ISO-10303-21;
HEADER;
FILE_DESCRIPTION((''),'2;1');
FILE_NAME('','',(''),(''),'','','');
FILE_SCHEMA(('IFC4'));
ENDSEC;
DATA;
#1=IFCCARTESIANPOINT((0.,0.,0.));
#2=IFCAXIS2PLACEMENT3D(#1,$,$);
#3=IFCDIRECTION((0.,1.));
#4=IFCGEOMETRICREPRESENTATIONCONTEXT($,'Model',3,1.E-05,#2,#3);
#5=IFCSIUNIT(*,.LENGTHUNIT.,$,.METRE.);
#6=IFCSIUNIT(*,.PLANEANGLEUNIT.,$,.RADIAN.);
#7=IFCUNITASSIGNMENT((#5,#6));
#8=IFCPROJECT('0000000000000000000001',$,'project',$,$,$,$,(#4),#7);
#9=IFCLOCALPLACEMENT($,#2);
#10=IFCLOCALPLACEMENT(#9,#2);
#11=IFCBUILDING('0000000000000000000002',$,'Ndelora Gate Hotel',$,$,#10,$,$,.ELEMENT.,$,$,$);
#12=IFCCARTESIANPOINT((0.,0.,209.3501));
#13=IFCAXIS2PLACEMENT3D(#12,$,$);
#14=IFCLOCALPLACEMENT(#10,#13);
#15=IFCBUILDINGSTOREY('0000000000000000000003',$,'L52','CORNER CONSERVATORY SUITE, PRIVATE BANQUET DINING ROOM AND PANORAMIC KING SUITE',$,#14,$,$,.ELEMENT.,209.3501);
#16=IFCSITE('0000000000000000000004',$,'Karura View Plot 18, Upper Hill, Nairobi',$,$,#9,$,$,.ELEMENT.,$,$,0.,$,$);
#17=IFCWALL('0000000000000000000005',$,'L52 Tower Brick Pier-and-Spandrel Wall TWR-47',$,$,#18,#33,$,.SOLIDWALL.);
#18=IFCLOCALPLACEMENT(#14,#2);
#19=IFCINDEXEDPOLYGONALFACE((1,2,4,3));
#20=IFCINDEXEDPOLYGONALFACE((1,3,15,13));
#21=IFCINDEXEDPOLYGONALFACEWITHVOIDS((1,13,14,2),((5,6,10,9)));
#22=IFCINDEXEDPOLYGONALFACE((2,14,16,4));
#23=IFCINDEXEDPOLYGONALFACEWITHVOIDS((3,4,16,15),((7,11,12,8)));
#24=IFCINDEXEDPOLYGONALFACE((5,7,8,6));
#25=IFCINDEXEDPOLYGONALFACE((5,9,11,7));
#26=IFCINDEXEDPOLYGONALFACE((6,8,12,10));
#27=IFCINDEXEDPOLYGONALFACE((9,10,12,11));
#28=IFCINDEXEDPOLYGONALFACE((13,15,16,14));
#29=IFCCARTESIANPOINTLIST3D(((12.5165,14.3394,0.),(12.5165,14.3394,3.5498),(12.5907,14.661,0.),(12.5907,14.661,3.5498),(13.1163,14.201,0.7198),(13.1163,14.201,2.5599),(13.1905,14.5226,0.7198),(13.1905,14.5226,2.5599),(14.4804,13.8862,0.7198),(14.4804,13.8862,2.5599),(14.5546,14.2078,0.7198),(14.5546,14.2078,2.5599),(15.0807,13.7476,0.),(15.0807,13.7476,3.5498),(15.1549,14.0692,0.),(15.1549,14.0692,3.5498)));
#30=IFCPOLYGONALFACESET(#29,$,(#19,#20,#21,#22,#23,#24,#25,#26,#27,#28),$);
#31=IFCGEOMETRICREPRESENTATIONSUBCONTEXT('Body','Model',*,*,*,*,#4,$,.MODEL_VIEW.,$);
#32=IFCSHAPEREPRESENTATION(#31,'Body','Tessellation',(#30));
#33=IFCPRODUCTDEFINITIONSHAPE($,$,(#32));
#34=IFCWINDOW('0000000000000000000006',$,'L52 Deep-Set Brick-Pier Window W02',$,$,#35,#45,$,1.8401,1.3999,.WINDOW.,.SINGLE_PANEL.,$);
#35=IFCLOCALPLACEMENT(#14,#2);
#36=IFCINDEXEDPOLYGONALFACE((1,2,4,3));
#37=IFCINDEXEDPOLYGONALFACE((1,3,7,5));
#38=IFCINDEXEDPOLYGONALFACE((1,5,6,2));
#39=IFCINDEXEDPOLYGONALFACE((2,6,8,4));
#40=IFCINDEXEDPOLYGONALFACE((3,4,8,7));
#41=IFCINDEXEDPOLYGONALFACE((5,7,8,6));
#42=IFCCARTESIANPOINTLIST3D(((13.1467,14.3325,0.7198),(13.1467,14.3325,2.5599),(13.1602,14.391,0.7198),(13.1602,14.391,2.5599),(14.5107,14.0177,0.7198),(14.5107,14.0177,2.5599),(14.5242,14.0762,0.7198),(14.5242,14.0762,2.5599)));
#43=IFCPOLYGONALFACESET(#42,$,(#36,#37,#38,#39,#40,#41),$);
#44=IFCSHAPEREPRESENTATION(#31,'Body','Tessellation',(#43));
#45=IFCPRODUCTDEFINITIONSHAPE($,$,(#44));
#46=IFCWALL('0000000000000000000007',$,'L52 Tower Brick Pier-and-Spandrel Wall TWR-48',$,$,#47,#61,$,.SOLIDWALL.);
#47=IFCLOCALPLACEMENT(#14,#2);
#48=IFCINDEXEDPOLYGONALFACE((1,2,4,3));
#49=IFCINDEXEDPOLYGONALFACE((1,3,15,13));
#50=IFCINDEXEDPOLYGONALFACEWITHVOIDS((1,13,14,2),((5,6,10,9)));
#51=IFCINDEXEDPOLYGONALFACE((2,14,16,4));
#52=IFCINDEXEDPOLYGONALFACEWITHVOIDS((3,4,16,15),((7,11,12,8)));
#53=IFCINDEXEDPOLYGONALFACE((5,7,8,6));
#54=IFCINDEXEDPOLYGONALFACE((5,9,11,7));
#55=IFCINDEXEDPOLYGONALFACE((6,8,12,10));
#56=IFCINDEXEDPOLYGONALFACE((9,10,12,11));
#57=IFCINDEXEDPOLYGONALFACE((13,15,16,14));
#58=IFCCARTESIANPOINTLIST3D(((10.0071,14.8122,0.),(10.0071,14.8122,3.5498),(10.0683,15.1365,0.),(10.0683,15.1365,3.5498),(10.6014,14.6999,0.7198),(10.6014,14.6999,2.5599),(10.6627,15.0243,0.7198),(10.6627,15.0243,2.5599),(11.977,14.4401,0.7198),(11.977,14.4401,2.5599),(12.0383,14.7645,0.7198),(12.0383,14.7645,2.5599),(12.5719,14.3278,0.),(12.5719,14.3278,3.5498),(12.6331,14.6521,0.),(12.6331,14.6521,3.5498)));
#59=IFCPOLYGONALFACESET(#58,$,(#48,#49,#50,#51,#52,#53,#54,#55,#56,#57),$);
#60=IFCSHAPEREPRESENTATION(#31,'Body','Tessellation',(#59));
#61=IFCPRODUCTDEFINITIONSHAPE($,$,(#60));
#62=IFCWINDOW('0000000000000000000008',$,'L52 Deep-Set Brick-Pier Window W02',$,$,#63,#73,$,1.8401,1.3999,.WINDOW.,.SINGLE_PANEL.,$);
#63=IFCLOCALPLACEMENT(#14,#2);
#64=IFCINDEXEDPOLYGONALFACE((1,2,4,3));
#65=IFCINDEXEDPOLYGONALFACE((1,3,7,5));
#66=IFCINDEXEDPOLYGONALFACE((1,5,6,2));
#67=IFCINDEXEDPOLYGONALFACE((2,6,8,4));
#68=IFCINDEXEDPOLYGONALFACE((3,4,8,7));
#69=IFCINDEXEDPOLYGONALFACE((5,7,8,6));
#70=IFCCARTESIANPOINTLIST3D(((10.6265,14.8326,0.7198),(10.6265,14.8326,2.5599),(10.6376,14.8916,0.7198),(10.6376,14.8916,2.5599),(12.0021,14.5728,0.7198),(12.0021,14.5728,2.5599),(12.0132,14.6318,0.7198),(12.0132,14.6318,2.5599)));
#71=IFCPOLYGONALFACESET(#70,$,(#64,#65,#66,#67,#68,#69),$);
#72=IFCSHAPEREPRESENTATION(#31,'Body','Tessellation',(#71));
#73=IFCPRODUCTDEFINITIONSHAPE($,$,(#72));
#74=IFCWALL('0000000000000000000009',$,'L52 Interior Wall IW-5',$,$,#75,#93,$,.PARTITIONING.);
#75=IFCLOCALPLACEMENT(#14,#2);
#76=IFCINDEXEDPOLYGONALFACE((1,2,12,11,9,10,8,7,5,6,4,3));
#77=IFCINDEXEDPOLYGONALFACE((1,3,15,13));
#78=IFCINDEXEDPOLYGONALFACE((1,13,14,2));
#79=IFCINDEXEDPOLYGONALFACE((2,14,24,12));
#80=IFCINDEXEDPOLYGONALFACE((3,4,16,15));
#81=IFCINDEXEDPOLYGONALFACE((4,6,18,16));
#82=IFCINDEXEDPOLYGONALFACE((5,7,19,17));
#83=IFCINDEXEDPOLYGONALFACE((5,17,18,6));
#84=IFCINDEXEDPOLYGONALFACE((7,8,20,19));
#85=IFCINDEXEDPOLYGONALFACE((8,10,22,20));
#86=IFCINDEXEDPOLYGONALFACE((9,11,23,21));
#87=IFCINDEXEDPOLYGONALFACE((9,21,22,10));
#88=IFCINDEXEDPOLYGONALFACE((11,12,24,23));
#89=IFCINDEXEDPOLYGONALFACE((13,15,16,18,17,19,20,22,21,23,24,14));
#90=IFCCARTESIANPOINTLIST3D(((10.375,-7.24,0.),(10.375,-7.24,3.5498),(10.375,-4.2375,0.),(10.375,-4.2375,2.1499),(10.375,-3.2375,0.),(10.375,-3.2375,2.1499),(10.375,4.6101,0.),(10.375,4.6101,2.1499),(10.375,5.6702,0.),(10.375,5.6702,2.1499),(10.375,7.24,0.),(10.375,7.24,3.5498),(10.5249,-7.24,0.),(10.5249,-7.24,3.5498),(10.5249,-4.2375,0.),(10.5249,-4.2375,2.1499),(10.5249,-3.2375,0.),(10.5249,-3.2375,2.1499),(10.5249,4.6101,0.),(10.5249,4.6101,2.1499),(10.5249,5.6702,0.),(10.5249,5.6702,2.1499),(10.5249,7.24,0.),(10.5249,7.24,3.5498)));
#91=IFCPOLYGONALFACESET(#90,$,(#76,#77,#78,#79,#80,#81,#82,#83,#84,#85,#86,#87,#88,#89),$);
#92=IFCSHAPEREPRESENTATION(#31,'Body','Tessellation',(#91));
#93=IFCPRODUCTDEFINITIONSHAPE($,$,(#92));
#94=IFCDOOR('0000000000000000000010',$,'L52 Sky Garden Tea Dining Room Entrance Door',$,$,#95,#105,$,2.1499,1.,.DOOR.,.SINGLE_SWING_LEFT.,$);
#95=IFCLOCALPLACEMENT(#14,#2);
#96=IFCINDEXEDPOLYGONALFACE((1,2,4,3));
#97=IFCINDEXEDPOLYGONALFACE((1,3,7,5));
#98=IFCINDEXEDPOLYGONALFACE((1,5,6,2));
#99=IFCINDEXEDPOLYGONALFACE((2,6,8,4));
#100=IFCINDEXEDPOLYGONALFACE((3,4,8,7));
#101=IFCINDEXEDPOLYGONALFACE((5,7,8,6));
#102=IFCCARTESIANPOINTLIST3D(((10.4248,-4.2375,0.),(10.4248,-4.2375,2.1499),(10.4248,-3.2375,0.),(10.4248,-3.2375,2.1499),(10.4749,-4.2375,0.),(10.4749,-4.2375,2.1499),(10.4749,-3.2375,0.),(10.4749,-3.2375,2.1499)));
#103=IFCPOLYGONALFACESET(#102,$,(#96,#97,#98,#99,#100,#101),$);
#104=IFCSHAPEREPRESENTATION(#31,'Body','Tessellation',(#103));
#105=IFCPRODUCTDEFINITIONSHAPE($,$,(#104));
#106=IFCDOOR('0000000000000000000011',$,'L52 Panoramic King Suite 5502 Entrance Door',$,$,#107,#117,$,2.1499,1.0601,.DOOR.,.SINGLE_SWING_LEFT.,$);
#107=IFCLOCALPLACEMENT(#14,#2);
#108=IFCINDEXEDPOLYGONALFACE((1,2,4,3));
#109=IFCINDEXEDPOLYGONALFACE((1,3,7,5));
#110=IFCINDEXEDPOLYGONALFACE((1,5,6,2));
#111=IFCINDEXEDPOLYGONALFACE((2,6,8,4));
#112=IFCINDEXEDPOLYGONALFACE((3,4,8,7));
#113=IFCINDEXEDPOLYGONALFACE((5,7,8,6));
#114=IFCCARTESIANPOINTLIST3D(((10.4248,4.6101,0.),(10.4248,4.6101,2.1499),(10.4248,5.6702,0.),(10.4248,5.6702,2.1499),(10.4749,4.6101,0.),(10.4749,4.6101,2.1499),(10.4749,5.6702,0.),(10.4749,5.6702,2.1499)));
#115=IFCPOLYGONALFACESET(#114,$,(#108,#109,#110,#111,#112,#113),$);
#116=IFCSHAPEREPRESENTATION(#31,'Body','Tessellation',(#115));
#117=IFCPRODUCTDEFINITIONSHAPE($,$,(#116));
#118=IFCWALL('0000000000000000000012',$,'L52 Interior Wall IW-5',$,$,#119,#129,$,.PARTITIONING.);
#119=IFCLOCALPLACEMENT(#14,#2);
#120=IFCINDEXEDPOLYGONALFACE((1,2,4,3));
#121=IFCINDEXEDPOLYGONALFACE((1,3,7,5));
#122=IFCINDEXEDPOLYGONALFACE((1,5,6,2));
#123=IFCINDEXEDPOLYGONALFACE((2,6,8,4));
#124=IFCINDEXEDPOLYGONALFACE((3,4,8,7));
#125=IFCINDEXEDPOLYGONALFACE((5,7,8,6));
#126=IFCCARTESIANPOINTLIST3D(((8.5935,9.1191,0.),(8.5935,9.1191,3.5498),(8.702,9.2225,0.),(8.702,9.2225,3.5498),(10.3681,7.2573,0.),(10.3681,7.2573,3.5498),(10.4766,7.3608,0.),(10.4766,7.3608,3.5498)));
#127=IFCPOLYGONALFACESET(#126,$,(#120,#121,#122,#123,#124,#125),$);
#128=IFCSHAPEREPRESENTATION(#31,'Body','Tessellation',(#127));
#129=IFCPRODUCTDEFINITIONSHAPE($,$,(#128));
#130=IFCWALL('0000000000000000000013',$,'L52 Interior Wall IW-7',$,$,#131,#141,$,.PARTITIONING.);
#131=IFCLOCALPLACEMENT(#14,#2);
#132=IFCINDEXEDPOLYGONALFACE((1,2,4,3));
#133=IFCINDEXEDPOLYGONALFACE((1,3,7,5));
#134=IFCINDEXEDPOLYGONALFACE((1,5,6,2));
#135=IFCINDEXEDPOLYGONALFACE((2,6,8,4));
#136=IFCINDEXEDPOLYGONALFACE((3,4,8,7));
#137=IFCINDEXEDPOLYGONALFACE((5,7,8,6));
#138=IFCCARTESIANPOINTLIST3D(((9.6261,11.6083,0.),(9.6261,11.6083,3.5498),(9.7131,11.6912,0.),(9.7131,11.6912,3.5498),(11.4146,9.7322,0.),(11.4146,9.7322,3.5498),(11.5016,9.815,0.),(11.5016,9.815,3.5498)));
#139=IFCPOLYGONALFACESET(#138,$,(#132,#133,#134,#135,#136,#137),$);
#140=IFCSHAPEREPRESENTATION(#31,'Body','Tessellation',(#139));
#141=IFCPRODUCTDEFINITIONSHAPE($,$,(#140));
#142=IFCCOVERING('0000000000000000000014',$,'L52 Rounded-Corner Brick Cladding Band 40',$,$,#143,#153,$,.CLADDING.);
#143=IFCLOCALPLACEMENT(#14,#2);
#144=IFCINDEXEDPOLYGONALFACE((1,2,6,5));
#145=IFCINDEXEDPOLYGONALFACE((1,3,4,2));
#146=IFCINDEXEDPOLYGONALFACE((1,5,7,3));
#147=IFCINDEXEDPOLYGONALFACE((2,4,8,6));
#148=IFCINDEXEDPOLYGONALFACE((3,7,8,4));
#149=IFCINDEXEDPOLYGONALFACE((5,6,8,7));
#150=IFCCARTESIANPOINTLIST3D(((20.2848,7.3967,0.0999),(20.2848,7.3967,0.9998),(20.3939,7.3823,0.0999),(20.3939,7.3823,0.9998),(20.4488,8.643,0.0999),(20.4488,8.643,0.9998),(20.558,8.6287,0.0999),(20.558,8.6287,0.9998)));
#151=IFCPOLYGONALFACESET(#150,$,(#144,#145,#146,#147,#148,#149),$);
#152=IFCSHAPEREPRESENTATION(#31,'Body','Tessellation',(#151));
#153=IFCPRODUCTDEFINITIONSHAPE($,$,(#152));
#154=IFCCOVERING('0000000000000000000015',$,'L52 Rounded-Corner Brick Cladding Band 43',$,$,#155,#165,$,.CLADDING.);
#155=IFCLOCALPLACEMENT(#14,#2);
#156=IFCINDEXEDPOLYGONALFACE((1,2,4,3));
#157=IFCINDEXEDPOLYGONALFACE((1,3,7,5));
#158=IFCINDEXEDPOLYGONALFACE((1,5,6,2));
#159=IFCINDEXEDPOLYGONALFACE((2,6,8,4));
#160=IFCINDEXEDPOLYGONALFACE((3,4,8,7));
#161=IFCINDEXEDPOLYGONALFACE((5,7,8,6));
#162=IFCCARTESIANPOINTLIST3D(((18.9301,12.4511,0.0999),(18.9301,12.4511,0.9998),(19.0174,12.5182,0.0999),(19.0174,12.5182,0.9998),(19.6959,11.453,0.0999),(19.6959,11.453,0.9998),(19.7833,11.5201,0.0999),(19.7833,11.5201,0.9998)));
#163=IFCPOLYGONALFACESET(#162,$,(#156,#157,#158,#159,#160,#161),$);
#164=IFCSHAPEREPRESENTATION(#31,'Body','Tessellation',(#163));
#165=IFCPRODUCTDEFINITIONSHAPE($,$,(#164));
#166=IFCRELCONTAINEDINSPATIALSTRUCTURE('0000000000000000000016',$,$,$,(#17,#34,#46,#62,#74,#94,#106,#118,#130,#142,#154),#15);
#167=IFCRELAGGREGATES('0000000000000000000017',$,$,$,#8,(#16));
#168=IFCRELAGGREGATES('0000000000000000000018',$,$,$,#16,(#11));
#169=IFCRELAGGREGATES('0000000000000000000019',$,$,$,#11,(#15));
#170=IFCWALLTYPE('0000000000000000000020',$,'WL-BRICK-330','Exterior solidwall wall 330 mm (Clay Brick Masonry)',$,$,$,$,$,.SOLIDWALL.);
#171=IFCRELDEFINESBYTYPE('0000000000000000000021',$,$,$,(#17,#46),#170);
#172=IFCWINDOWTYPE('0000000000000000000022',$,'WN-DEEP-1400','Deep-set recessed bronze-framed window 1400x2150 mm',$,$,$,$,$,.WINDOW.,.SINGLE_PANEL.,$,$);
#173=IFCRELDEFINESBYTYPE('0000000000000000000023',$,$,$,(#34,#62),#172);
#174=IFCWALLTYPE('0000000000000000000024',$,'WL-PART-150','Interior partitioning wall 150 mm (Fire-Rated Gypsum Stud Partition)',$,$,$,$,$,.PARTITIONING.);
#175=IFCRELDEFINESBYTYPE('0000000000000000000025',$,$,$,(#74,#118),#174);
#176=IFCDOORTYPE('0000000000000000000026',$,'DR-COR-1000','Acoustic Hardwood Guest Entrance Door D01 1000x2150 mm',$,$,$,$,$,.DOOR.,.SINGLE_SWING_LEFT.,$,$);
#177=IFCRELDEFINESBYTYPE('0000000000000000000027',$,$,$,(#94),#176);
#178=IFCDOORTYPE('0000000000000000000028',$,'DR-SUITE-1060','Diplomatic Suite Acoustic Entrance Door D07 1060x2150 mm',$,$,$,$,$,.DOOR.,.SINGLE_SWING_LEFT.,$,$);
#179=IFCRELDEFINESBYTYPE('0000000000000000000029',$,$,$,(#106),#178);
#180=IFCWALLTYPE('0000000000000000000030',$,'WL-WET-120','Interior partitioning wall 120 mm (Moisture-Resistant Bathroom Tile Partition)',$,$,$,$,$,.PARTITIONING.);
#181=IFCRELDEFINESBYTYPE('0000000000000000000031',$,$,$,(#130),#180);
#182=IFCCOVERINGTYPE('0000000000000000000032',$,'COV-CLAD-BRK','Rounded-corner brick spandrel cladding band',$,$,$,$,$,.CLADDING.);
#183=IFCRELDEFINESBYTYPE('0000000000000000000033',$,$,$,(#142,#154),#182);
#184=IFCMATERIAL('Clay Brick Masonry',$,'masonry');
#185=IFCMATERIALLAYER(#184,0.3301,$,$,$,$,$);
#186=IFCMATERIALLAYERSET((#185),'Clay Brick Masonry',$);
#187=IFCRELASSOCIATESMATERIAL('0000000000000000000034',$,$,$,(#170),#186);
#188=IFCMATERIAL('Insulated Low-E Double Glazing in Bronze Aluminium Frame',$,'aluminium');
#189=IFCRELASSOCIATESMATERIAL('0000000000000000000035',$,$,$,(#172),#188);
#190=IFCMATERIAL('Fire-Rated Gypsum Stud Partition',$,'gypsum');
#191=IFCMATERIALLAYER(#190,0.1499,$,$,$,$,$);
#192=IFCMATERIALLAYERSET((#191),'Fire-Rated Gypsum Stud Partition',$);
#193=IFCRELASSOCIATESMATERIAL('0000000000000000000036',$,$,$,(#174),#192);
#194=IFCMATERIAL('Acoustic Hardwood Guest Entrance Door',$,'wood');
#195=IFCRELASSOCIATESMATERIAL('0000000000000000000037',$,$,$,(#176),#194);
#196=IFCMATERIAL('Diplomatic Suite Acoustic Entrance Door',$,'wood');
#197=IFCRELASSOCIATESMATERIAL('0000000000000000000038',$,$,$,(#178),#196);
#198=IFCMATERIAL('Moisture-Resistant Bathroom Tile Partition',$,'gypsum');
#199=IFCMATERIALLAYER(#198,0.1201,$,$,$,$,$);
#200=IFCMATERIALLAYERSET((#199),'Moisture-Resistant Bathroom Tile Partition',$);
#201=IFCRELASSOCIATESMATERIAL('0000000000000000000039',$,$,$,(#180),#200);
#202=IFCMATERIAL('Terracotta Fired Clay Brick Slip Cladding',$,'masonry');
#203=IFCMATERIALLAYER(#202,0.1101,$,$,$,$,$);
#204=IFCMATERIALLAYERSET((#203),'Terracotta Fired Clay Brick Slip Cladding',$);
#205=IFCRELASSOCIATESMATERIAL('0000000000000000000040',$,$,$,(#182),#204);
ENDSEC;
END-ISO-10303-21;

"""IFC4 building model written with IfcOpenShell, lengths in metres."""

from ifc_helpers import new_model, si_unit, direction, frame, frame_2d, origin, origin_2d, place, context, subcontext, project, spatial, rectangle, extrude, material, layer, layer_set, type_object, element, fill, save


model = new_model("IFC4")

# Units and contexts
model_context = context("Model", 3, precision=1e-05, world=origin(), true_north=direction((0.0, 1.0)))
body_context = subcontext(model_context, "Body", "Model", "MODEL_VIEW")
ifc_project = project(units=[si_unit("LENGTHUNIT", "METRE"), si_unit("PLANEANGLEUNIT", "RADIAN")], contexts=[model_context])

# Site, building, storey
site_placement = place(None, origin())
site = spatial("IfcSite", under=ifc_project, at=site_placement, Name="Karura View Plot 18, Upper Hill, Nairobi", CompositionType="ELEMENT", RefElevation=0.0)
building_placement = place(site_placement, origin())
building = spatial("IfcBuilding", under=site, at=building_placement, Name="Ndelora Gate Hotel", CompositionType="ELEMENT")
storey_placement = place(building_placement, frame((0.0, 0.0, 209.3501)))
storey = spatial("IfcBuildingStorey", under=building, at=storey_placement, Name="L52", Description="CORNER CONSERVATORY SUITE, PRIVATE BANQUET DINING ROOM AND PANORAMIC KING SUITE", CompositionType="ELEMENT", Elevation=209.3501)

# Shared definitions
ifc_material_1 = material(Name="Clay Brick Masonry", Category="masonry")
ifc_layer_1 = layer(ifc_material_1, 0.3301)
ifc_layer_set_1 = layer_set([ifc_layer_1], Name="Clay Brick Masonry")
wall_type_1 = type_object("IfcWallType", Name="WL-BRICK-330", Description="Exterior solidwall wall 330 mm (Clay Brick Masonry)", PredefinedType="SOLIDWALL", material=ifc_layer_set_1)

# Walls, openings, windows
wall_1_placement = place(storey_placement, frame((12.5535, 14.5002, 0.0), z_axis=(0.0, 0.0, 1.0), x_axis=(0.974387, -0.22488, 0.0)))
wall_1 = element("IfcWall", 1, at=wall_1_placement, inside=storey, type_object=wall_type_1, Name="L52 Tower Brick Pier-and-Spandrel Wall TWR-47", PredefinedType="SOLIDWALL", context=body_context, shape_type="SweptSolid", body=[
    extrude(rectangle(XDim=2.6316, YDim=0.3301, at=frame_2d((1.3159, 0.0))), origin(), (0.0, 0.0, 1.0), 3.5498),
])
opening_1_placement = place(wall_1_placement, frame((0.6157, 0.0, 0.72)))
opening_1 = element("IfcOpeningElement", 2, at=opening_1_placement, cuts=wall_1, PredefinedType="OPENING", context=body_context, shape_type="SweptSolid", body=[
    extrude(rectangle(XDim=1.3999, YDim=1.8401, at=frame_2d((0.7, 0.9199))), frame((0.0, 0.175, 0.0), z_axis=(0.0, -1.0, 0.0), x_axis=(1.0, 0.0, 0.0)), (0.0, 0.0, 1.0), 0.3501),
])
ifc_material_2 = material(Name="Insulated Low-E Double Glazing in Bronze Aluminium Frame", Category="aluminium")
window_type = type_object("IfcWindowType", Name="WN-DEEP-1400", Description="Deep-set recessed bronze-framed window 1400x2150 mm", PartitioningType="SINGLE_PANEL", PredefinedType="WINDOW", material=ifc_material_2)
window_1_placement = place(opening_1_placement, origin())
window_1 = element("IfcWindow", 3, at=window_1_placement, inside=storey, type_object=window_type, Name="L52 Deep-Set Brick-Pier Window W02", OverallHeight=1.8401, OverallWidth=1.3999, PartitioningType="SINGLE_PANEL", PredefinedType="WINDOW", context=body_context, shape_type="SweptSolid", body=[
    extrude(rectangle(XDim=1.3999, YDim=1.8401, at=frame_2d((0.7, 0.9199))), frame((0.0, 0.03, 0.0), z_axis=(0.0, -1.0, 0.0), x_axis=(1.0, 0.0, 0.0)), (0.0, 0.0, 1.0), 0.0601),
])
fill(opening_1, window_1)
wall_2_placement = place(storey_placement, frame((10.0376, 14.9744, 0.0), z_axis=(0.0, 0.0, 1.0), x_axis=(0.982629, -0.185582, 0.0)))
wall_2 = element("IfcWall", 4, at=wall_2_placement, inside=storey, type_object=wall_type_1, Name="L52 Tower Brick Pier-and-Spandrel Wall TWR-48", PredefinedType="SOLIDWALL", context=body_context, shape_type="SweptSolid", body=[
    extrude(rectangle(XDim=2.6101, YDim=0.3301, at=frame_2d((1.3052, 0.0))), origin(), (0.0, 0.0, 1.0), 3.5498),
])
opening_2_placement = place(wall_2_placement, frame((0.605, 0.0, 0.72)))
opening_2 = element("IfcOpeningElement", 5, at=opening_2_placement, cuts=wall_2, PredefinedType="OPENING", context=body_context, shape_type="SweptSolid", body=[
    extrude(rectangle(XDim=1.3999, YDim=1.8401, at=frame_2d((0.7, 0.9199))), frame((0.0, 0.175, 0.0), z_axis=(0.0, -1.0, 0.0), x_axis=(1.0, 0.0, 0.0)), (0.0, 0.0, 1.0), 0.3501),
])
window_2_placement = place(opening_2_placement, origin())
window_2 = element("IfcWindow", 6, at=window_2_placement, inside=storey, type_object=window_type, Name="L52 Deep-Set Brick-Pier Window W02", OverallHeight=1.8401, OverallWidth=1.3999, PartitioningType="SINGLE_PANEL", PredefinedType="WINDOW", context=body_context, shape_type="SweptSolid", body=[
    extrude(rectangle(XDim=1.3999, YDim=1.8401, at=frame_2d((0.7, 0.9199))), frame((0.0, 0.03, 0.0), z_axis=(0.0, -1.0, 0.0), x_axis=(1.0, 0.0, 0.0)), (0.0, 0.0, 1.0), 0.0601),
])
fill(opening_2, window_2)

# Wall, openings, doors
ifc_material_3 = material(Name="Fire-Rated Gypsum Stud Partition", Category="gypsum")
ifc_layer_2 = layer(ifc_material_3, 0.1499)
ifc_layer_set_2 = layer_set([ifc_layer_2], Name="Fire-Rated Gypsum Stud Partition")
wall_type_2 = type_object("IfcWallType", Name="WL-PART-150", Description="Interior partitioning wall 150 mm (Fire-Rated Gypsum Stud Partition)", PredefinedType="PARTITIONING", material=ifc_layer_set_2)
wall_3_placement = place(storey_placement, frame((10.45, 7.24, 0.0), z_axis=(0.0, 0.0, 1.0), x_axis=(0.0, -1.0, 0.0)))
wall_3 = element("IfcWall", 7, at=wall_3_placement, inside=storey, type_object=wall_type_2, Name="L52 Interior Wall IW-5", PredefinedType="PARTITIONING", context=body_context, shape_type="SweptSolid", body=[
    extrude(rectangle(XDim=14.48, YDim=0.1499, at=frame_2d((7.24, 0.0))), origin(), (0.0, 0.0, 1.0), 3.5498),
])
opening_3_placement = place(wall_3_placement, frame((10.4775, 0.0, 0.0)))
opening_3 = element("IfcOpeningElement", 8, at=opening_3_placement, cuts=wall_3, PredefinedType="OPENING", context=body_context, shape_type="SweptSolid", body=[
    extrude(rectangle(XDim=1.0, YDim=2.1499, at=frame_2d((0.5, 1.075))), frame((0.0, 0.085, 0.0), z_axis=(0.0, -1.0, 0.0), x_axis=(1.0, 0.0, 0.0)), (0.0, 0.0, 1.0), 0.1699),
])
opening_4_placement = place(wall_3_placement, frame((1.5698, 0.0, 0.0)))
opening_4 = element("IfcOpeningElement", 9, at=opening_4_placement, cuts=wall_3, PredefinedType="OPENING", context=body_context, shape_type="SweptSolid", body=[
    extrude(rectangle(XDim=1.0601, YDim=2.1499, at=frame_2d((0.53, 1.075))), frame((0.0, 0.085, 0.0), z_axis=(0.0, -1.0, 0.0), x_axis=(1.0, 0.0, 0.0)), (0.0, 0.0, 1.0), 0.1699),
])
ifc_material_4 = material(Name="Acoustic Hardwood Guest Entrance Door", Category="wood")
door_type_1 = type_object("IfcDoorType", Name="DR-COR-1000", Description="Acoustic Hardwood Guest Entrance Door D01 1000x2150 mm", OperationType="SINGLE_SWING_LEFT", PredefinedType="DOOR", material=ifc_material_4)
door_1_placement = place(opening_3_placement, origin())
door_1 = element("IfcDoor", 10, at=door_1_placement, inside=storey, type_object=door_type_1, Name="L52 Sky Garden Tea Dining Room Entrance Door", OperationType="SINGLE_SWING_LEFT", OverallHeight=2.1499, OverallWidth=1.0, PredefinedType="DOOR", context=body_context, shape_type="SweptSolid", body=[
    extrude(rectangle(XDim=1.0, YDim=2.1499, at=frame_2d((0.5, 1.075))), frame((0.0, 0.0249, 0.0), z_axis=(0.0, -1.0, 0.0), x_axis=(1.0, 0.0, 0.0)), (0.0, 0.0, 1.0), 0.05),
])
fill(opening_3, door_1)
ifc_material_5 = material(Name="Diplomatic Suite Acoustic Entrance Door", Category="wood")
door_type_2 = type_object("IfcDoorType", Name="DR-SUITE-1060", Description="Diplomatic Suite Acoustic Entrance Door D07 1060x2150 mm", OperationType="SINGLE_SWING_LEFT", PredefinedType="DOOR", material=ifc_material_5)
door_2_placement = place(opening_4_placement, origin())
door_2 = element("IfcDoor", 11, at=door_2_placement, inside=storey, type_object=door_type_2, Name="L52 Panoramic King Suite 5502 Entrance Door", OperationType="SINGLE_SWING_LEFT", OverallHeight=2.1499, OverallWidth=1.0601, PredefinedType="DOOR", context=body_context, shape_type="SweptSolid", body=[
    extrude(rectangle(XDim=1.0601, YDim=2.1499, at=frame_2d((0.53, 1.075))), frame((0.0, 0.0249, 0.0), z_axis=(0.0, -1.0, 0.0), x_axis=(1.0, 0.0, 0.0)), (0.0, 0.0, 1.0), 0.05),
])
fill(opening_4, door_2)

# Walls
wall_4_placement = place(storey_placement, frame((8.6477, 9.1709, 0.0), z_axis=(0.0, 0.0, 1.0), x_axis=(0.689961, -0.723847, 0.0)))
element("IfcWall", 12, at=wall_4_placement, inside=storey, type_object=wall_type_2, Name="L52 Interior Wall IW-5", PredefinedType="PARTITIONING", context=body_context, shape_type="SweptSolid", body=[
    extrude(rectangle(XDim=2.572, YDim=0.1499, at=frame_2d((1.2861, 0.0))), origin(), (0.0, 0.0, 1.0), 3.5498),
])
ifc_material_6 = material(Name="Moisture-Resistant Bathroom Tile Partition", Category="gypsum")
ifc_layer_3 = layer(ifc_material_6, 0.1201)
ifc_layer_set_3 = layer_set([ifc_layer_3], Name="Moisture-Resistant Bathroom Tile Partition")
wall_type_3 = type_object("IfcWallType", Name="WL-WET-120", Description="Interior partitioning wall 120 mm (Moisture-Resistant Bathroom Tile Partition)", PredefinedType="PARTITIONING", material=ifc_layer_set_3)
wall_5_placement = place(storey_placement, frame((11.458, 9.7737, 0.0), z_axis=(0.0, 0.0, 1.0), x_axis=(-0.689998, 0.723811, 0.0)))
element("IfcWall", 13, at=wall_5_placement, inside=storey, type_object=wall_type_3, Name="L52 Interior Wall IW-7", PredefinedType="PARTITIONING", context=body_context, shape_type="SweptSolid", body=[
    extrude(rectangle(XDim=2.592, YDim=0.1201, at=frame_2d((1.2959, 0.0))), origin(), (0.0, 0.0, 1.0), 3.5498),
])

# Coverings
ifc_material_7 = material(Name="Terracotta Fired Clay Brick Slip Cladding", Category="masonry")
ifc_layer_4 = layer(ifc_material_7, 0.1101)
ifc_layer_set_4 = layer_set([ifc_layer_4], Name="Terracotta Fired Clay Brick Slip Cladding")
covering_type = type_object("IfcCoveringType", Name="COV-CLAD-BRK", Description="Rounded-corner brick spandrel cladding band", PredefinedType="CLADDING", material=ifc_layer_set_4)
covering_1_placement = place(storey_placement, frame((20.4214, 8.0127, 0.0999), z_axis=(0.0, 0.0, 1.0), x_axis=(0.130526, 0.991445, 0.0)))
element("IfcCovering", 14, at=covering_1_placement, inside=storey, type_object=covering_type, Name="L52 Rounded-Corner Brick Cladding Band 40", PredefinedType="CLADDING", context=body_context, shape_type="SweptSolid", body=[
    extrude(rectangle(XDim=1.2571, YDim=0.1101, at=origin_2d()), origin(), (0.0, 0.0, 1.0), 0.8999),
])
for number, where, z_axis, x_axis, name in (
    (15, (19.3567, 11.9856, 0.0999), (0.0, 0.0, 1.0), (-0.608761, 0.793353, 0.0), "L52 Rounded-Corner Brick Cladding Band 43"),
):
    element("IfcCovering", number, at=place(storey_placement, frame(where, z_axis=z_axis, x_axis=x_axis)), inside=storey, type_object=covering_type, Name=name, PredefinedType="CLADDING", context=body_context, shape_type="SweptSolid", body=[
        extrude(rectangle(XDim=1.2581, YDim=0.1101, at=origin_2d()), origin(), (0.0, 0.0, 1.0), 0.8999),
    ])

save(model, "model.ifc")
